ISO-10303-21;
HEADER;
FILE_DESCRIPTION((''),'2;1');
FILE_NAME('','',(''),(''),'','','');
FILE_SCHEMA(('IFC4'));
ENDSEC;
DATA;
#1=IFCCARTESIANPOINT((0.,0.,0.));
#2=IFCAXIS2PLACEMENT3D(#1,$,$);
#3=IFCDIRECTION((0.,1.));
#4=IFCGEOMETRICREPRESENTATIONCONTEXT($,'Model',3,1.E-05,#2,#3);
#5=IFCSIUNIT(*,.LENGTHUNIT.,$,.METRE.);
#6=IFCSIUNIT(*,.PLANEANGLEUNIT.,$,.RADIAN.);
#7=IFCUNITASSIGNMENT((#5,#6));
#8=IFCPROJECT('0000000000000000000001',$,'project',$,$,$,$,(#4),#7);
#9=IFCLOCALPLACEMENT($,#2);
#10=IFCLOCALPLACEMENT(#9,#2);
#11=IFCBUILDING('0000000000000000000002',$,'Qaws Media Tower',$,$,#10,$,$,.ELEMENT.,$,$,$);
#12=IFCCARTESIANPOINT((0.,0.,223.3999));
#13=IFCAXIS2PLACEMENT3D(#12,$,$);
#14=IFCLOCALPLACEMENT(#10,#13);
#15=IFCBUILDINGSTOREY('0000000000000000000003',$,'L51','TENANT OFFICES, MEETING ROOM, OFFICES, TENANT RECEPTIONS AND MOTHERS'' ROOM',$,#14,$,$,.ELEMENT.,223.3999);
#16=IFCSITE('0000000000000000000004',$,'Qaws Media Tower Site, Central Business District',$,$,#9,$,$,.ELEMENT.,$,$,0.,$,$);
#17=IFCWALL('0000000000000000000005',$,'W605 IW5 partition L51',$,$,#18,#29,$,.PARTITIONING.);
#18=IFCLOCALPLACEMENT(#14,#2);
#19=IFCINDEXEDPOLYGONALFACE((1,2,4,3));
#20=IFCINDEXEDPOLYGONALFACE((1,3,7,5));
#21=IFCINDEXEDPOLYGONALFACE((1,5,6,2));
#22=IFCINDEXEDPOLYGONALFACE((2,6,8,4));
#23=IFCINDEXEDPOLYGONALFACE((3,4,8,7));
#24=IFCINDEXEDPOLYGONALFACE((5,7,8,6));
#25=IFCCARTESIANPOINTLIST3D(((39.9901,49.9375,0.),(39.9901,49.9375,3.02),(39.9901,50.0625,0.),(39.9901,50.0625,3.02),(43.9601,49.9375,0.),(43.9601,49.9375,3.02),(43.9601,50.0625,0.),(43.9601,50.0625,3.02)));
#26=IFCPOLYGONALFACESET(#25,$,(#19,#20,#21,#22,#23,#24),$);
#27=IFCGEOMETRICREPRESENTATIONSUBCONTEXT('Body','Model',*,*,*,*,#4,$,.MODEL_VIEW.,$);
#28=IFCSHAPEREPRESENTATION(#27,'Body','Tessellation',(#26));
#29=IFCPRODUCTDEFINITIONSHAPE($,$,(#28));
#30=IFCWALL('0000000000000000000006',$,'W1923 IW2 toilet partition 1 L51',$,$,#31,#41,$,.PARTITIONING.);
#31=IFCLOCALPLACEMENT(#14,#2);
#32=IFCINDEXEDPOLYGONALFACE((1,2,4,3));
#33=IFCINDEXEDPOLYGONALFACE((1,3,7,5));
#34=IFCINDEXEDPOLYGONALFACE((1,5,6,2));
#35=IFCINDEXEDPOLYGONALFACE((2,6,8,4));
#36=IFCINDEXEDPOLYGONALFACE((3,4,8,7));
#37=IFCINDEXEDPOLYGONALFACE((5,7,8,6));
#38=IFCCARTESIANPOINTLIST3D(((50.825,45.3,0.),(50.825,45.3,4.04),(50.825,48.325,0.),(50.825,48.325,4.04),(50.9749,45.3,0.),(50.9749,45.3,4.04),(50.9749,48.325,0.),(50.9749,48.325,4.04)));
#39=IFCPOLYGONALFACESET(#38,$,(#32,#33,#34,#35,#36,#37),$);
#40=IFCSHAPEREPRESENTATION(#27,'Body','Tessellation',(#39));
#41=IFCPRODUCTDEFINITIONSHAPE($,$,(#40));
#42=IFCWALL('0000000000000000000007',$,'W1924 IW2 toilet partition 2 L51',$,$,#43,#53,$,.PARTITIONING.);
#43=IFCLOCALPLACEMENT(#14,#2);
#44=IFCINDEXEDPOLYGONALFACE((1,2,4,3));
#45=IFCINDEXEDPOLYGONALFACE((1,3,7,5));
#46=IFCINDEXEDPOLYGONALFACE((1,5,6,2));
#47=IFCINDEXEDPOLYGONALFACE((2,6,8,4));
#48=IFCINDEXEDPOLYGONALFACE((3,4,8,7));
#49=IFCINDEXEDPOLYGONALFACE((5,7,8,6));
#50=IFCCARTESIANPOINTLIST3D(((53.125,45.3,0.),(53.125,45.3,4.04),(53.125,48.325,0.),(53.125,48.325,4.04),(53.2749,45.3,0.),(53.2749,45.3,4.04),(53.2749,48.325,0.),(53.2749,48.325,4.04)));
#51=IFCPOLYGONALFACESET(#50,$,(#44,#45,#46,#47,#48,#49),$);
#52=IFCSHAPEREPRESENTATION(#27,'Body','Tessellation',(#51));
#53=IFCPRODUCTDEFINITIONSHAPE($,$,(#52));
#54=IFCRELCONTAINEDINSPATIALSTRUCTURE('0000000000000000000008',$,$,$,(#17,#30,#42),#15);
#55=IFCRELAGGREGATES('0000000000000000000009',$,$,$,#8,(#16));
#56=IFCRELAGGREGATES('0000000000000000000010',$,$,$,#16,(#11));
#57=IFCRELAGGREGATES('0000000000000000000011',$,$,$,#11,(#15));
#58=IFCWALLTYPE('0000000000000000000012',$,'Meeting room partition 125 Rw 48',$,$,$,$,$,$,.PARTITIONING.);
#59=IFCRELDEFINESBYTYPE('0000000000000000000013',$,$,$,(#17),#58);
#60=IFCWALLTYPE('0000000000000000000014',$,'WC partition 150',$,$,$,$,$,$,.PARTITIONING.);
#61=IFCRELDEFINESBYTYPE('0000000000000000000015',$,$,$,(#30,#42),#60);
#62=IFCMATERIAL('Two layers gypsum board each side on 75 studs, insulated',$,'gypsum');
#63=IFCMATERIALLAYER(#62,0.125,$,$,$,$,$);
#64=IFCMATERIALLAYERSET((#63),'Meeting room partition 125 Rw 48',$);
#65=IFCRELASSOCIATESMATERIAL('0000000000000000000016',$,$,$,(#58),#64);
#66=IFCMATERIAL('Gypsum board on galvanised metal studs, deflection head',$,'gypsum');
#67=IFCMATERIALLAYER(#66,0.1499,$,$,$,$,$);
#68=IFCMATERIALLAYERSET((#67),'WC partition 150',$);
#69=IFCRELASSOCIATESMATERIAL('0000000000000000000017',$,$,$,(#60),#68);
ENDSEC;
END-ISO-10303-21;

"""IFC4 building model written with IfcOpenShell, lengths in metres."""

from ifc_helpers import new_model, si_unit, direction, frame, frame_2d, origin, place, context, subcontext, project, spatial, rectangle, extrude, material, layer, layer_set, type_object, element, save


model = new_model("IFC4")

# Units and contexts
model_context = context("Model", 3, precision=1e-05, world=origin(), true_north=direction((0.0, 1.0)))
body_context = subcontext(model_context, "Body", "Model", "MODEL_VIEW")
ifc_project = project(units=[si_unit("LENGTHUNIT", "METRE"), si_unit("PLANEANGLEUNIT", "RADIAN")], contexts=[model_context])

# Site, building, storey
site_placement = place(None, origin())
site = spatial("IfcSite", under=ifc_project, at=site_placement, Name="Qaws Media Tower Site, Central Business District", CompositionType="ELEMENT", RefElevation=0.0)
building_placement = place(site_placement, origin())
building = spatial("IfcBuilding", under=site, at=building_placement, Name="Qaws Media Tower", CompositionType="ELEMENT")
storey_placement = place(building_placement, frame((0.0, 0.0, 223.3999)))
storey = spatial("IfcBuildingStorey", under=building, at=storey_placement, Name="L51", Description="TENANT OFFICES, MEETING ROOM, OFFICES, TENANT RECEPTIONS AND MOTHERS' ROOM", CompositionType="ELEMENT", Elevation=223.3999)

# Walls
ifc_material_1 = material(Name="Two layers gypsum board each side on 75 studs, insulated", Category="gypsum")
ifc_layer_1 = layer(ifc_material_1, 0.125)
ifc_layer_set_1 = layer_set([ifc_layer_1], Name="Meeting room partition 125 Rw 48")
wall_type_1 = type_object("IfcWallType", Name="Meeting room partition 125 Rw 48", PredefinedType="PARTITIONING", material=ifc_layer_set_1)
wall_1_placement = place(storey_placement, frame((43.96, 50.0, 0.0), z_axis=(0.0, 0.0, 1.0), x_axis=(-1.0, 0.0, 0.0)))
element("IfcWall", 1, at=wall_1_placement, inside=storey, type_object=wall_type_1, Name="W605 IW5 partition L51", PredefinedType="PARTITIONING", context=body_context, shape_type="SweptSolid", body=[
    extrude(rectangle(XDim=3.97, YDim=0.125, at=frame_2d((1.9849, 0.0))), origin(), (0.0, 0.0, 1.0), 3.02),
])
ifc_material_2 = material(Name="Gypsum board on galvanised metal studs, deflection head", Category="gypsum")
ifc_layer_2 = layer(ifc_material_2, 0.1499)
ifc_layer_set_2 = layer_set([ifc_layer_2], Name="WC partition 150")
wall_type_2 = type_object("IfcWallType", Name="WC partition 150", PredefinedType="PARTITIONING", material=ifc_layer_set_2)
for number, where, z_axis, x_axis, name in (
    (2, (50.8999, 45.3, 0.0), (0.0, 0.0, 1.0), (0.0, 1.0, 0.0), "W1923 IW2 toilet partition 1 L51"),
    (3, (53.2, 45.3, 0.0), (0.0, 0.0, 1.0), (0.0, 1.0, 0.0), "W1924 IW2 toilet partition 2 L51"),
):
    element("IfcWall", number, at=place(storey_placement, frame(where, z_axis=z_axis, x_axis=x_axis)), inside=storey, type_object=wall_type_2, Name=name, PredefinedType="PARTITIONING", context=body_context, shape_type="SweptSolid", body=[
        extrude(rectangle(XDim=3.0249, YDim=0.1499, at=frame_2d((1.5125, 0.0))), origin(), (0.0, 0.0, 1.0), 4.04),
    ])

save(model, "model.ifc")
